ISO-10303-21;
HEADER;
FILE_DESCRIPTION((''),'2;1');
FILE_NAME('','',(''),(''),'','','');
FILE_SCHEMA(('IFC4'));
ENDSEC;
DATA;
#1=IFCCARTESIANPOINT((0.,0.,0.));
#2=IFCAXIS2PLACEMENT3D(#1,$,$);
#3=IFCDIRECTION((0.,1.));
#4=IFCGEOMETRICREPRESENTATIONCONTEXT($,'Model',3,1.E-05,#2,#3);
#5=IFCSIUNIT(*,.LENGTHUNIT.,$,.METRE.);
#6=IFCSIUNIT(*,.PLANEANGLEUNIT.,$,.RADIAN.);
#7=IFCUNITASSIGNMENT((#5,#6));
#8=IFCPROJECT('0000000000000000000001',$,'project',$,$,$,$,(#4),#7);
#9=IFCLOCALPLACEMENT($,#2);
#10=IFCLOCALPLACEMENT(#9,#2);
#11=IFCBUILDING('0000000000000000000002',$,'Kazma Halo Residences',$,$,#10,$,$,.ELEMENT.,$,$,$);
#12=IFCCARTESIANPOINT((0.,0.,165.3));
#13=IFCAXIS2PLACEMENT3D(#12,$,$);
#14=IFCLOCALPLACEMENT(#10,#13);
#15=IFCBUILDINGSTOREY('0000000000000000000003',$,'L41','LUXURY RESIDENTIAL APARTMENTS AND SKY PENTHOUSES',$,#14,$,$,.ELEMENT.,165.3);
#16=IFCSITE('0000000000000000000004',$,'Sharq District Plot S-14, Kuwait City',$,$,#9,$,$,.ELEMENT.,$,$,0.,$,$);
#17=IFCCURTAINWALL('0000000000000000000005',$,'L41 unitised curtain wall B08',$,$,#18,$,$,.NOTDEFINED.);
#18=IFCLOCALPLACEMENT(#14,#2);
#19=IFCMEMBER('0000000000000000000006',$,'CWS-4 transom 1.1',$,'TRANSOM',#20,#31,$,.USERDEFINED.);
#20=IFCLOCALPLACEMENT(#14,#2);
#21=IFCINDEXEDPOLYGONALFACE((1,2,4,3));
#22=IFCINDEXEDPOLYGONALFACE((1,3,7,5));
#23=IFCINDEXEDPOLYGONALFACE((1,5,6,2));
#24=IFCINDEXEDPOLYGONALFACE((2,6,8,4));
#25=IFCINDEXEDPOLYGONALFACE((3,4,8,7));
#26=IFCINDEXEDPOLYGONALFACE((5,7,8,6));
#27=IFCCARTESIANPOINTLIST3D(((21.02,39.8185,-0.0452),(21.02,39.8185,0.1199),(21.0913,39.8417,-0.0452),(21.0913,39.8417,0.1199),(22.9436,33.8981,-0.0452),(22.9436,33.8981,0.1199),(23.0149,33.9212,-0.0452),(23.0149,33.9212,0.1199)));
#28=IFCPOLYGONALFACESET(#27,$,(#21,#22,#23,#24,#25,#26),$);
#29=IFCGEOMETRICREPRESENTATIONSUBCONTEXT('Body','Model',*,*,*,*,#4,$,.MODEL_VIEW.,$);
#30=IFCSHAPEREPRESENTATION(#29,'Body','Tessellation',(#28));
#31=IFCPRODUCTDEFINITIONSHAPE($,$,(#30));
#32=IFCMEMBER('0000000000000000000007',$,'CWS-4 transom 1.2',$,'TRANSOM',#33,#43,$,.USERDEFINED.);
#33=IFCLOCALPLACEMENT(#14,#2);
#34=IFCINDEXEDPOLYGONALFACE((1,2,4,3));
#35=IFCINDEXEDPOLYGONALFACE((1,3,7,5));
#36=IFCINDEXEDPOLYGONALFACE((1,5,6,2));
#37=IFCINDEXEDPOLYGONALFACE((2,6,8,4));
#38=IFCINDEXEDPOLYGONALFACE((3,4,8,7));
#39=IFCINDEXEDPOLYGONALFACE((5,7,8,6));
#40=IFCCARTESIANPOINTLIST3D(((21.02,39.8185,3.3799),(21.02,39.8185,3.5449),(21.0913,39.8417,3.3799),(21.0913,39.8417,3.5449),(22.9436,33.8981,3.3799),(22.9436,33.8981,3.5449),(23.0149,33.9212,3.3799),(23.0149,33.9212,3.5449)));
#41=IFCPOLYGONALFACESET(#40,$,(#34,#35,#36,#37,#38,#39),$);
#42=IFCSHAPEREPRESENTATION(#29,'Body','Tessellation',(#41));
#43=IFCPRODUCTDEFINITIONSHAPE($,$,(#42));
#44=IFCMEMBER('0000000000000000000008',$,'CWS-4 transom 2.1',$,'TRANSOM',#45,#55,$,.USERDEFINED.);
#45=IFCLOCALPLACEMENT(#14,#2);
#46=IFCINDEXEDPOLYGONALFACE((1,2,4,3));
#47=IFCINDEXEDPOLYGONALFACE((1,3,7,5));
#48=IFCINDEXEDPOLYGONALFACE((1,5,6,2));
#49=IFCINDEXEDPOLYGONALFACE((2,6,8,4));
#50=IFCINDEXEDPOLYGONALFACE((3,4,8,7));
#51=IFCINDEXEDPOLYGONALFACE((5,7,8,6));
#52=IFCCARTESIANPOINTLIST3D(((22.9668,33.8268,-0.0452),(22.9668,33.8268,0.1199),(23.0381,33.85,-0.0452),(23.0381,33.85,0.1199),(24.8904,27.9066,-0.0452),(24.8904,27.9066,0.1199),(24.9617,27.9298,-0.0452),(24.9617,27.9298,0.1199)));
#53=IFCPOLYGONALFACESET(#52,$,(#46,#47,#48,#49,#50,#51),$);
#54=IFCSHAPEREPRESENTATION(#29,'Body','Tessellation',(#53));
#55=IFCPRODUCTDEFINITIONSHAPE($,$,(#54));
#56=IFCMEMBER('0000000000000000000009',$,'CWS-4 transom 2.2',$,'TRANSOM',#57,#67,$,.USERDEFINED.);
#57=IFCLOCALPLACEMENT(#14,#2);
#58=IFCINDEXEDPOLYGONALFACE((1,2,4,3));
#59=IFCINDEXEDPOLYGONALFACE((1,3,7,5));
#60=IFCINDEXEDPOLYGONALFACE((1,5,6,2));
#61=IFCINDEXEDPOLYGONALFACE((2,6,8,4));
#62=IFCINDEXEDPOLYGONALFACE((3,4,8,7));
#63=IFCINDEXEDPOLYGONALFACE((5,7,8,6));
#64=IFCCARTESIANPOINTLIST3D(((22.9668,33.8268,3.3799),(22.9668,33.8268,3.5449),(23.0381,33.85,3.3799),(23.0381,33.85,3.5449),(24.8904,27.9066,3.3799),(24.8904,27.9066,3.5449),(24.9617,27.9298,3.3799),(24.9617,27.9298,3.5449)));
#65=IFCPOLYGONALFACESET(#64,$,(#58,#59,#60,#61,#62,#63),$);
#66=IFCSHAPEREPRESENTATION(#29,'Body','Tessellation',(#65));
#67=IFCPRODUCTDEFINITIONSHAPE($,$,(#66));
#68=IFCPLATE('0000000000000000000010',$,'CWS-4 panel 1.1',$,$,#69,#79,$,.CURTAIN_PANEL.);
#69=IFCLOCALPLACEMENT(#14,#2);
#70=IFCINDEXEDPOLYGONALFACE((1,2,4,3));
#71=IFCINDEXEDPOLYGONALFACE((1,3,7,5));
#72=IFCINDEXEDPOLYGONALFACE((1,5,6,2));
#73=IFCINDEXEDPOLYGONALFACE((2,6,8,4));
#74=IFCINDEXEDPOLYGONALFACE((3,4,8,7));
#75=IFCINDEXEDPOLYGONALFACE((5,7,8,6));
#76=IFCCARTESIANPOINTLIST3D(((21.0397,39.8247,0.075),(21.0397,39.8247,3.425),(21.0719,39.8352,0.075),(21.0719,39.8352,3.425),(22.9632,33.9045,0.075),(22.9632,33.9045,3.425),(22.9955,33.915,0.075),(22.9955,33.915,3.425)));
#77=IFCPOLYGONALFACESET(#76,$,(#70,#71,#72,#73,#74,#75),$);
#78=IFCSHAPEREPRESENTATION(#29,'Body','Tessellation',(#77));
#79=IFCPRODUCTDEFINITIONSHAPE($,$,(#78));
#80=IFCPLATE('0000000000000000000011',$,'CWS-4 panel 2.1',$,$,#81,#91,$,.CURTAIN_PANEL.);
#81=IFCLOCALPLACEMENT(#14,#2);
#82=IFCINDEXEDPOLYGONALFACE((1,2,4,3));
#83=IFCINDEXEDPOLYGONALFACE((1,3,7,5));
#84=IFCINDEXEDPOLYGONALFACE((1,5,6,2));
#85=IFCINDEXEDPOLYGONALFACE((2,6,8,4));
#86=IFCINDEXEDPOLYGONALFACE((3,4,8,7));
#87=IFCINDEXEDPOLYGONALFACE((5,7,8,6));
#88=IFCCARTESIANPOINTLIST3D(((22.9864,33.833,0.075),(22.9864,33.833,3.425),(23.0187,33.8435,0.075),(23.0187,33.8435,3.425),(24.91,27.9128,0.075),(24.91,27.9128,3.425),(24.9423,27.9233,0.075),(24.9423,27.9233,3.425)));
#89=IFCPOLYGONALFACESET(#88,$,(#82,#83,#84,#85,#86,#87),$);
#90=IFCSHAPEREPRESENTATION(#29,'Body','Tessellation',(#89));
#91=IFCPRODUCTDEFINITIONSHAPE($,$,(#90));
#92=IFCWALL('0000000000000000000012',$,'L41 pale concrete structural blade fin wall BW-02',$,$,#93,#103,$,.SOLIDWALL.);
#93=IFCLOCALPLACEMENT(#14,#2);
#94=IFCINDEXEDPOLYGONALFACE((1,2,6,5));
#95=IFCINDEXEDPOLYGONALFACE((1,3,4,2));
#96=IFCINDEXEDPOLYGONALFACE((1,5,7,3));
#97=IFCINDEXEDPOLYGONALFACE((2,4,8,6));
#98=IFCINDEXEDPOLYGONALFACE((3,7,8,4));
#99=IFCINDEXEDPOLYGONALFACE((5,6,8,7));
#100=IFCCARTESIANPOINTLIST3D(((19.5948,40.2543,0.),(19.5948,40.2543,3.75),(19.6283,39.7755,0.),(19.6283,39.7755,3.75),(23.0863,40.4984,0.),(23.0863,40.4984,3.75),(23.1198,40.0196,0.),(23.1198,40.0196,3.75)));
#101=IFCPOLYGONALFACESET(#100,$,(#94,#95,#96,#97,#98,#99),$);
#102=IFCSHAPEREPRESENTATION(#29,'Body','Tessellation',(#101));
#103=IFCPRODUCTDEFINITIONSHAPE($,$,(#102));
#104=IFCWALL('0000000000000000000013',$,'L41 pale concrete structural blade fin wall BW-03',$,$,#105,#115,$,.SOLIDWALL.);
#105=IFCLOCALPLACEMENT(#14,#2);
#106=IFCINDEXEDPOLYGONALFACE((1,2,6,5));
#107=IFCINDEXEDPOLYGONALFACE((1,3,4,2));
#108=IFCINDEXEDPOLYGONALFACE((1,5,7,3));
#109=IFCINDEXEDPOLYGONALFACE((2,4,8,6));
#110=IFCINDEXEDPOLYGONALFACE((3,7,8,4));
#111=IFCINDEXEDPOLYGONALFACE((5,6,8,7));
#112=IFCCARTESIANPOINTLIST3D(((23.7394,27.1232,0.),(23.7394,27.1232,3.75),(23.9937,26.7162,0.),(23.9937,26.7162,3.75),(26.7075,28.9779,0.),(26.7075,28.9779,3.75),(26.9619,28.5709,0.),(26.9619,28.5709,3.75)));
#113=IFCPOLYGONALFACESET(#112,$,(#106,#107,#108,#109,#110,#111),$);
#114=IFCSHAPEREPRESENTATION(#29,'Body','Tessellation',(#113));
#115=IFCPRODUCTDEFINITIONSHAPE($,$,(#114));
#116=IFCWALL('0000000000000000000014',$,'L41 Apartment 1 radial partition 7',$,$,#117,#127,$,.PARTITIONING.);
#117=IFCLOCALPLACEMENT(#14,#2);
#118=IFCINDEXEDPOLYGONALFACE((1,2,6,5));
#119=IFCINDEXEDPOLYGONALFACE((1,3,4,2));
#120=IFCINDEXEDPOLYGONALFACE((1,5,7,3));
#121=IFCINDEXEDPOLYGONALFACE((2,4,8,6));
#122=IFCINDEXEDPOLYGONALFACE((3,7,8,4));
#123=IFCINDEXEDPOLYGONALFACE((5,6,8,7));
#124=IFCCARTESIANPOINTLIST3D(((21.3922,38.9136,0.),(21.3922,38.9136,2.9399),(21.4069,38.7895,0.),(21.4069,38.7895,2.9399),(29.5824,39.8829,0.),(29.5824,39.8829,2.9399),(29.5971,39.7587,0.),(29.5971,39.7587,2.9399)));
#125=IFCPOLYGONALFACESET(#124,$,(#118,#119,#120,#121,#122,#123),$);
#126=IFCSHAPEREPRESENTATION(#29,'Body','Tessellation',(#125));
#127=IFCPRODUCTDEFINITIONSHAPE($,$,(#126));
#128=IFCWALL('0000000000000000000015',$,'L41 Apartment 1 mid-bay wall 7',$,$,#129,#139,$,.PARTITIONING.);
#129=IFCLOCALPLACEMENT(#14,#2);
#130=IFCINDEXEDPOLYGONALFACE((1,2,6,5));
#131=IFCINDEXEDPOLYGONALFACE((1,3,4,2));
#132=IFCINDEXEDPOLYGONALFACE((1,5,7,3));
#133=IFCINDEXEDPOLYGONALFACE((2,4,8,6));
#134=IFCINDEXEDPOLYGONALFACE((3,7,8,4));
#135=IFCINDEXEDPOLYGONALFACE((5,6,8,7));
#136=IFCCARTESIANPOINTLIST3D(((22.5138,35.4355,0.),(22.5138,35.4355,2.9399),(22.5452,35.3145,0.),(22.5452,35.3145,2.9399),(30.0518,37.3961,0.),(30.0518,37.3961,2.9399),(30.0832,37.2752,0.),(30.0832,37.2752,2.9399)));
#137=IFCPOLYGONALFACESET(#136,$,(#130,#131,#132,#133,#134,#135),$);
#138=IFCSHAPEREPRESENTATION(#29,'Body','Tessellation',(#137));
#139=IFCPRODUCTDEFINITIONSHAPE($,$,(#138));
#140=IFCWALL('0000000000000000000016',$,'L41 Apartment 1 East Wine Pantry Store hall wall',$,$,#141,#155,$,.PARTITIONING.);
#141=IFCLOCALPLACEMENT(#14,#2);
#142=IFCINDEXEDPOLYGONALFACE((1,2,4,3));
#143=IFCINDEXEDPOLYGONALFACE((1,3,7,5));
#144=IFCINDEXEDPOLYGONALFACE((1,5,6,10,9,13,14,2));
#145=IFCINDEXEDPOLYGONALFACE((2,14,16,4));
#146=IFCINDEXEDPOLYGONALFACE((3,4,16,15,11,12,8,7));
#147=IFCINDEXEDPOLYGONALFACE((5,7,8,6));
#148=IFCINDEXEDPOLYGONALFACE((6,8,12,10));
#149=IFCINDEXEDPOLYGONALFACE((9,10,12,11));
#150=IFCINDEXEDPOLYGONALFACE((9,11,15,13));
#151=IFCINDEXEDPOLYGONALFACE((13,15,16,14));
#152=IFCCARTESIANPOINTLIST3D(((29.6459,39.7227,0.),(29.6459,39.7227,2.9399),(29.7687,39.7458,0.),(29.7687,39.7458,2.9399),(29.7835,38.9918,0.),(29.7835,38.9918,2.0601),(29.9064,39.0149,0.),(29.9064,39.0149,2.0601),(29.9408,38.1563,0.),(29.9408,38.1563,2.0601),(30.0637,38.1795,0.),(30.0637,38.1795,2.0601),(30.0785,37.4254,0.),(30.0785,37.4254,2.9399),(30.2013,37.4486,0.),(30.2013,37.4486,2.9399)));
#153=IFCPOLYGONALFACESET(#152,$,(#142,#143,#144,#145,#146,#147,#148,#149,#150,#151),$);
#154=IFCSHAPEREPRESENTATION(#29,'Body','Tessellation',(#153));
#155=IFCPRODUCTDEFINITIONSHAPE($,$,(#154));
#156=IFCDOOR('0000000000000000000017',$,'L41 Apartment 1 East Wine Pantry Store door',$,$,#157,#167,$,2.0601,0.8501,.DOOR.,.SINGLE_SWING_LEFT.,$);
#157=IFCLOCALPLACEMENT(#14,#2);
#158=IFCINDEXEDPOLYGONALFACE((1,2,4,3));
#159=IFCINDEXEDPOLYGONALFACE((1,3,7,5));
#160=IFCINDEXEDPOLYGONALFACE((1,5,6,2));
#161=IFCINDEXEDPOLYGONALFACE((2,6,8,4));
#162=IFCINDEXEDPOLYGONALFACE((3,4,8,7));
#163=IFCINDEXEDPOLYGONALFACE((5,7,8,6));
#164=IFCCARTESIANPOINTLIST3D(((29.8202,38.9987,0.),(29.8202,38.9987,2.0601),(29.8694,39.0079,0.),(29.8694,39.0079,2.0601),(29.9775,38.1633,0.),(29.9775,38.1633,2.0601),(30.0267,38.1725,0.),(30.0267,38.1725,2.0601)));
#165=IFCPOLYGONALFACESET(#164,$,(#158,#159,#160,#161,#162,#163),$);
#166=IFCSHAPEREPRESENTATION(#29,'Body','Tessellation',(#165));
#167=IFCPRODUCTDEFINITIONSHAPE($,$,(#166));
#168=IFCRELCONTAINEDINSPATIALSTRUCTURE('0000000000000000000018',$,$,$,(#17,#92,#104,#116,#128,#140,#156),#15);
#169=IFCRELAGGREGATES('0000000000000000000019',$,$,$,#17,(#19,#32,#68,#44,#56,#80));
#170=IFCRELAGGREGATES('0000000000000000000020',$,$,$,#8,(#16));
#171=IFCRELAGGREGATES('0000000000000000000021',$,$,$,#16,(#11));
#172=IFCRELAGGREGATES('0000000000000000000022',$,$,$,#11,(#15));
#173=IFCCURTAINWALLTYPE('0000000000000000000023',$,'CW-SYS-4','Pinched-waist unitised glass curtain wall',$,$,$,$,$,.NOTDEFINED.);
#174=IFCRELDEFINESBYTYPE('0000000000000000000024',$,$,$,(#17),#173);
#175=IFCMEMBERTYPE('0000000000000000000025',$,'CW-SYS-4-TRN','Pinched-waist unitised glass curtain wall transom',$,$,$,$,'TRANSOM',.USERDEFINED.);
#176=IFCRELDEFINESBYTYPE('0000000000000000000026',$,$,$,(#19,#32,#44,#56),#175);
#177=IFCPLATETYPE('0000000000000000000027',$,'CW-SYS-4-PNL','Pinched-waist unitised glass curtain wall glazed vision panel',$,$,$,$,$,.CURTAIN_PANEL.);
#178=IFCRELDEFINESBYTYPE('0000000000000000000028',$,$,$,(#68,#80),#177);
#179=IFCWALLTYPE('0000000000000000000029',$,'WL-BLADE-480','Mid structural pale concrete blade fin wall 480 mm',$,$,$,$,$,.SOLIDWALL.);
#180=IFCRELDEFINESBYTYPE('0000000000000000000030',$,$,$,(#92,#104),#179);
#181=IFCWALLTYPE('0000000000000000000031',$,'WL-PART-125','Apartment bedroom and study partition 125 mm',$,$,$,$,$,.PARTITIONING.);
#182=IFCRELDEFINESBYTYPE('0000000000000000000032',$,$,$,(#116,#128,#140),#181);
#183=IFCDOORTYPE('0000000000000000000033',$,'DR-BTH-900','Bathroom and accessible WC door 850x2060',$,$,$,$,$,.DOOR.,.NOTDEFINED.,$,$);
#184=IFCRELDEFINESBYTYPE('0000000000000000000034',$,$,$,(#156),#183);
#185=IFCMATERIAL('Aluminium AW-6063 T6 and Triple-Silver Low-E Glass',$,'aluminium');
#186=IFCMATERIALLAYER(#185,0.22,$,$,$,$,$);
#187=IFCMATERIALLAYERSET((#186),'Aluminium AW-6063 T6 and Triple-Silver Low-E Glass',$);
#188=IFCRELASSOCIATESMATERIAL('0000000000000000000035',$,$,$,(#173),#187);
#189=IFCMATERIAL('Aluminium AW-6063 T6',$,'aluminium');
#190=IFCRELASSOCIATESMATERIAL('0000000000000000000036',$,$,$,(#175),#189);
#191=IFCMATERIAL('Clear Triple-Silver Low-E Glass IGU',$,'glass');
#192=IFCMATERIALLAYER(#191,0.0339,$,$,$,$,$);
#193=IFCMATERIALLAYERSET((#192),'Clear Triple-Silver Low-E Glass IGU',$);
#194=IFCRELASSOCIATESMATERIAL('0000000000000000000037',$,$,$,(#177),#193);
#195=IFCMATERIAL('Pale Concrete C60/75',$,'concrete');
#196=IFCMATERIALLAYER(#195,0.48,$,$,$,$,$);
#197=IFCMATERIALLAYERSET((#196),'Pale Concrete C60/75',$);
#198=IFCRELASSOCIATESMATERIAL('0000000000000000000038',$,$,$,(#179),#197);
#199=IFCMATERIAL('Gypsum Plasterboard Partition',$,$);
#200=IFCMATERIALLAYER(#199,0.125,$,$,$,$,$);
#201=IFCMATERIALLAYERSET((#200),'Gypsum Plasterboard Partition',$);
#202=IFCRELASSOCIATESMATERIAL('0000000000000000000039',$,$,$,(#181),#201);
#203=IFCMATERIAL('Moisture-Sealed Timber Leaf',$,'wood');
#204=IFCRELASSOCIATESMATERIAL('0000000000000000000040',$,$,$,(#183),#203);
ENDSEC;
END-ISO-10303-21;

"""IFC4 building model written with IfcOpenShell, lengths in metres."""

from ifc_helpers import new_model, si_unit, direction, frame, frame_2d, origin, origin_2d, place, context, subcontext, project, spatial, rectangle, extrude, material, layer, layer_set, material_profile, profile_set, type_object, element, fill, aggregate, save


model = new_model("IFC4")

# Units and contexts
model_context = context("Model", 3, precision=1e-05, world=origin(), true_north=direction((0.0, 1.0)))
body_context = subcontext(model_context, "Body", "Model", "MODEL_VIEW")
ifc_project = project(units=[si_unit("LENGTHUNIT", "METRE"), si_unit("PLANEANGLEUNIT", "RADIAN")], contexts=[model_context])

# Site, building, storey
site_placement = place(None, origin())
site = spatial("IfcSite", under=ifc_project, at=site_placement, Name="Sharq District Plot S-14, Kuwait City", CompositionType="ELEMENT", RefElevation=0.0)
building_placement = place(site_placement, origin())
building = spatial("IfcBuilding", under=site, at=building_placement, Name="Kazma Halo Residences", CompositionType="ELEMENT")
storey_placement = place(building_placement, frame((0.0, 0.0, 165.3)))
storey = spatial("IfcBuildingStorey", under=building, at=storey_placement, Name="L41", Description="LUXURY RESIDENTIAL APARTMENTS AND SKY PENTHOUSES", CompositionType="ELEMENT", Elevation=165.3)

# Shared definitions
ifc_material_1 = material(Name="Aluminium AW-6063 T6 and Triple-Silver Low-E Glass", Category="aluminium")
ifc_layer_1 = layer(ifc_material_1, 0.22)
ifc_layer_set_1 = layer_set([ifc_layer_1], Name="Aluminium AW-6063 T6 and Triple-Silver Low-E Glass")
curtain_wall_type = type_object("IfcCurtainWallType", Name="CW-SYS-4", Description="Pinched-waist unitised glass curtain wall", PredefinedType="NOTDEFINED", material=ifc_layer_set_1)
ifc_material_2 = material(Name="Aluminium AW-6063 T6", Category="aluminium")

# Curtain wall, members, plates
curtain_wall_1_placement = place(storey_placement, origin())
curtain_wall_1 = element("IfcCurtainWall", 1, at=curtain_wall_1_placement, inside=storey, type_object=curtain_wall_type, Name="L41 unitised curtain wall B08", PredefinedType="NOTDEFINED")
ifc_material_profile_1 = material_profile(ifc_material_2, rectangle(XDim=0.075, YDim=0.165, at=origin_2d()), Name="CWT-75x165")
ifc_profile_set_1 = profile_set([ifc_material_profile_1], Name="Aluminium AW-6063 T6")
member_type_1 = type_object("IfcMemberType", Name="CW-SYS-4-TRN", Description="Pinched-waist unitised glass curtain wall transom", ElementType="TRANSOM", PredefinedType="USERDEFINED", material=ifc_profile_set_1)
member_1_placement = place(storey_placement, frame((21.0557, 39.8301, 0.0374), z_axis=(0.309006, -0.95106, 0.0), x_axis=(0.95106, 0.309006, 0.0)))
member_1 = element("IfcMember", 2, at=member_1_placement, type_object=member_type_1, Name="CWS-4 transom 1.1", ObjectType="TRANSOM", PredefinedType="USERDEFINED", context=body_context, shape_type="SweptSolid", body=[
    extrude(rectangle(XDim=0.075, YDim=0.165, at=origin_2d()), origin(), (0.0, 0.0, 1.0), 6.2251),
])
member_2_placement = place(storey_placement, frame((21.0557, 39.8301, 3.4624), z_axis=(0.309006, -0.95106, 0.0), x_axis=(0.95106, 0.309006, 0.0)))
member_2 = element("IfcMember", 3, at=member_2_placement, type_object=member_type_1, Name="CWS-4 transom 1.2", ObjectType="TRANSOM", PredefinedType="USERDEFINED", context=body_context, shape_type="SweptSolid", body=[
    extrude(rectangle(XDim=0.075, YDim=0.165, at=origin_2d()), origin(), (0.0, 0.0, 1.0), 6.2251),
])
member_3_placement = place(storey_placement, frame((23.0024, 33.8384, 0.0374), z_axis=(0.309018, -0.951056, 0.0), x_axis=(0.951056, 0.309018, 0.0)))
member_3 = element("IfcMember", 4, at=member_3_placement, type_object=member_type_1, Name="CWS-4 transom 2.1", ObjectType="TRANSOM", PredefinedType="USERDEFINED", context=body_context, shape_type="SweptSolid", body=[
    extrude(rectangle(XDim=0.075, YDim=0.165, at=origin_2d()), origin(), (0.0, 0.0, 1.0), 6.2249),
])
member_4_placement = place(storey_placement, frame((23.0024, 33.8384, 3.4624), z_axis=(0.309018, -0.951056, 0.0), x_axis=(0.951056, 0.309018, 0.0)))
member_4 = element("IfcMember", 5, at=member_4_placement, type_object=member_type_1, Name="CWS-4 transom 2.2", ObjectType="TRANSOM", PredefinedType="USERDEFINED", context=body_context, shape_type="SweptSolid", body=[
    extrude(rectangle(XDim=0.075, YDim=0.165, at=origin_2d()), origin(), (0.0, 0.0, 1.0), 6.2249),
])
ifc_material_3 = material(Name="Clear Triple-Silver Low-E Glass IGU", Category="glass")
ifc_layer_2 = layer(ifc_material_3, 0.0339)
ifc_layer_set_2 = layer_set([ifc_layer_2], Name="Clear Triple-Silver Low-E Glass IGU")
plate_type = type_object("IfcPlateType", Name="CW-SYS-4-PNL", Description="Pinched-waist unitised glass curtain wall glazed vision panel", PredefinedType="CURTAIN_PANEL", material=ifc_layer_set_2)
plate_1_placement = place(storey_placement, frame((22.0176, 36.8699, 0.075), z_axis=(0.0, 0.0, 1.0), x_axis=(0.309014, -0.951058, 0.0)))
plate_1 = element("IfcPlate", 6, at=plate_1_placement, type_object=plate_type, Name="CWS-4 panel 1.1", PredefinedType="CURTAIN_PANEL", context=body_context, shape_type="SweptSolid", body=[
    extrude(rectangle(XDim=6.2249, YDim=0.0339, at=origin_2d()), origin(), (0.0, 0.0, 1.0), 3.3501),
])
plate_2_placement = place(storey_placement, frame((23.9644, 30.8782, 0.075), z_axis=(0.0, 0.0, 1.0), x_axis=(0.309014, -0.951058, 0.0)))
plate_2 = element("IfcPlate", 7, at=plate_2_placement, type_object=plate_type, Name="CWS-4 panel 2.1", PredefinedType="CURTAIN_PANEL", context=body_context, shape_type="SweptSolid", body=[
    extrude(rectangle(XDim=6.2249, YDim=0.0339, at=origin_2d()), origin(), (0.0, 0.0, 1.0), 3.3501),
])
aggregate(curtain_wall_1, [member_1, member_2, plate_1, member_3, member_4, plate_2])

# Walls
ifc_material_4 = material(Name="Pale Concrete C60/75", Category="concrete")
ifc_layer_3 = layer(ifc_material_4, 0.48)
ifc_layer_set_3 = layer_set([ifc_layer_3], Name="Pale Concrete C60/75")
wall_type_1 = type_object("IfcWallType", Name="WL-BLADE-480", Description="Mid structural pale concrete blade fin wall 480 mm", PredefinedType="SOLIDWALL", material=ifc_layer_set_3)
for number, where, z_axis, x_axis, name in (
    (8, (23.103, 40.259, 0.0), (0.0, 0.0, 1.0), (-0.997564, -0.069755, 0.0), "L41 pale concrete structural blade fin wall BW-02"),
    (9, (26.8347, 28.7744, 0.0), (0.0, 0.0, 1.0), (-0.848053, -0.529911, 0.0), "L41 pale concrete structural blade fin wall BW-03"),
):
    element("IfcWall", number, at=place(storey_placement, frame(where, z_axis=z_axis, x_axis=x_axis)), inside=storey, type_object=wall_type_1, Name=name, PredefinedType="SOLIDWALL", context=body_context, shape_type="SweptSolid", body=[
        extrude(rectangle(XDim=3.5, YDim=0.48, at=frame_2d((1.75, 0.0))), origin(), (0.0, 0.0, 1.0), 3.75),
    ])
ifc_material_5 = material(Name="Gypsum Plasterboard Partition")
ifc_layer_4 = layer(ifc_material_5, 0.125)
ifc_layer_set_4 = layer_set([ifc_layer_4], Name="Gypsum Plasterboard Partition")
wall_type_2 = type_object("IfcWallType", Name="WL-PART-125", Description="Apartment bedroom and study partition 125 mm", PredefinedType="PARTITIONING", material=ifc_layer_set_4)
wall_1_placement = place(storey_placement, frame((29.5896, 39.8208, 0.0), z_axis=(0.0, 0.0, 1.0), x_axis=(-0.99307, -0.117521, 0.0)))
element("IfcWall", 10, at=wall_1_placement, inside=storey, type_object=wall_type_2, Name="L41 Apartment 1 radial partition 7", PredefinedType="PARTITIONING", context=body_context, shape_type="SweptSolid", body=[
    extrude(rectangle(XDim=8.2473, YDim=0.125, at=frame_2d((4.1235, 0.0))), origin(), (0.0, 0.0, 1.0), 2.9399),
])
wall_2_placement = place(storey_placement, frame((30.0676, 37.3357, 0.0), z_axis=(0.0, 0.0, 1.0), x_axis=(-0.967798, -0.251729, 0.0)))
element("IfcWall", 11, at=wall_2_placement, inside=storey, type_object=wall_type_2, Name="L41 Apartment 1 mid-bay wall 7", PredefinedType="PARTITIONING", context=body_context, shape_type="SweptSolid", body=[
    extrude(rectangle(XDim=7.7888, YDim=0.125, at=frame_2d((3.8945, 0.0))), origin(), (0.0, 0.0, 1.0), 2.9399),
])

# Wall, opening, door
wall_3_placement = place(storey_placement, frame((29.7073, 39.7344, 0.0), z_axis=(0.0, 0.0, 1.0), x_axis=(0.185058, -0.982728, 0.0)))
wall_3 = element("IfcWall", 12, at=wall_3_placement, inside=storey, type_object=wall_type_2, Name="L41 Apartment 1 East Wine Pantry Store hall wall", PredefinedType="PARTITIONING", context=body_context, shape_type="SweptSolid", body=[
    extrude(rectangle(XDim=2.3376, YDim=0.125, at=frame_2d((1.1689, 0.0))), origin(), (0.0, 0.0, 1.0), 2.9399),
])
opening_1_placement = place(wall_3_placement, frame((0.7439, 0.0, 0.0)))
opening_1 = element("IfcOpeningElement", 13, at=opening_1_placement, cuts=wall_3, PredefinedType="OPENING", context=body_context, shape_type="SweptSolid", body=[
    extrude(rectangle(XDim=0.8501, YDim=2.0601, at=frame_2d((0.425, 1.03))), frame((0.0, 0.0725, 0.0), z_axis=(0.0, -1.0, 0.0), x_axis=(1.0, 0.0, 0.0)), (0.0, 0.0, 1.0), 0.145),
])
ifc_material_6 = material(Name="Moisture-Sealed Timber Leaf", Category="wood")
door_type_1 = type_object("IfcDoorType", Name="DR-BTH-900", Description="Bathroom and accessible WC door 850x2060", OperationType="NOTDEFINED", PredefinedType="DOOR", material=ifc_material_6)
door_1_placement = place(opening_1_placement, origin())
door_1 = element("IfcDoor", 14, at=door_1_placement, inside=storey, type_object=door_type_1, Name="L41 Apartment 1 East Wine Pantry Store door", OperationType="SINGLE_SWING_LEFT", OverallHeight=2.0601, OverallWidth=0.8501, PredefinedType="DOOR", context=body_context, shape_type="SweptSolid", body=[
    extrude(rectangle(XDim=0.8501, YDim=2.0601, at=frame_2d((0.425, 1.03))), frame((0.0, 0.0249, 0.0), z_axis=(0.0, -1.0, 0.0), x_axis=(1.0, 0.0, 0.0)), (0.0, 0.0, 1.0), 0.05),
])
fill(opening_1, door_1)

save(model, "model.ifc")
